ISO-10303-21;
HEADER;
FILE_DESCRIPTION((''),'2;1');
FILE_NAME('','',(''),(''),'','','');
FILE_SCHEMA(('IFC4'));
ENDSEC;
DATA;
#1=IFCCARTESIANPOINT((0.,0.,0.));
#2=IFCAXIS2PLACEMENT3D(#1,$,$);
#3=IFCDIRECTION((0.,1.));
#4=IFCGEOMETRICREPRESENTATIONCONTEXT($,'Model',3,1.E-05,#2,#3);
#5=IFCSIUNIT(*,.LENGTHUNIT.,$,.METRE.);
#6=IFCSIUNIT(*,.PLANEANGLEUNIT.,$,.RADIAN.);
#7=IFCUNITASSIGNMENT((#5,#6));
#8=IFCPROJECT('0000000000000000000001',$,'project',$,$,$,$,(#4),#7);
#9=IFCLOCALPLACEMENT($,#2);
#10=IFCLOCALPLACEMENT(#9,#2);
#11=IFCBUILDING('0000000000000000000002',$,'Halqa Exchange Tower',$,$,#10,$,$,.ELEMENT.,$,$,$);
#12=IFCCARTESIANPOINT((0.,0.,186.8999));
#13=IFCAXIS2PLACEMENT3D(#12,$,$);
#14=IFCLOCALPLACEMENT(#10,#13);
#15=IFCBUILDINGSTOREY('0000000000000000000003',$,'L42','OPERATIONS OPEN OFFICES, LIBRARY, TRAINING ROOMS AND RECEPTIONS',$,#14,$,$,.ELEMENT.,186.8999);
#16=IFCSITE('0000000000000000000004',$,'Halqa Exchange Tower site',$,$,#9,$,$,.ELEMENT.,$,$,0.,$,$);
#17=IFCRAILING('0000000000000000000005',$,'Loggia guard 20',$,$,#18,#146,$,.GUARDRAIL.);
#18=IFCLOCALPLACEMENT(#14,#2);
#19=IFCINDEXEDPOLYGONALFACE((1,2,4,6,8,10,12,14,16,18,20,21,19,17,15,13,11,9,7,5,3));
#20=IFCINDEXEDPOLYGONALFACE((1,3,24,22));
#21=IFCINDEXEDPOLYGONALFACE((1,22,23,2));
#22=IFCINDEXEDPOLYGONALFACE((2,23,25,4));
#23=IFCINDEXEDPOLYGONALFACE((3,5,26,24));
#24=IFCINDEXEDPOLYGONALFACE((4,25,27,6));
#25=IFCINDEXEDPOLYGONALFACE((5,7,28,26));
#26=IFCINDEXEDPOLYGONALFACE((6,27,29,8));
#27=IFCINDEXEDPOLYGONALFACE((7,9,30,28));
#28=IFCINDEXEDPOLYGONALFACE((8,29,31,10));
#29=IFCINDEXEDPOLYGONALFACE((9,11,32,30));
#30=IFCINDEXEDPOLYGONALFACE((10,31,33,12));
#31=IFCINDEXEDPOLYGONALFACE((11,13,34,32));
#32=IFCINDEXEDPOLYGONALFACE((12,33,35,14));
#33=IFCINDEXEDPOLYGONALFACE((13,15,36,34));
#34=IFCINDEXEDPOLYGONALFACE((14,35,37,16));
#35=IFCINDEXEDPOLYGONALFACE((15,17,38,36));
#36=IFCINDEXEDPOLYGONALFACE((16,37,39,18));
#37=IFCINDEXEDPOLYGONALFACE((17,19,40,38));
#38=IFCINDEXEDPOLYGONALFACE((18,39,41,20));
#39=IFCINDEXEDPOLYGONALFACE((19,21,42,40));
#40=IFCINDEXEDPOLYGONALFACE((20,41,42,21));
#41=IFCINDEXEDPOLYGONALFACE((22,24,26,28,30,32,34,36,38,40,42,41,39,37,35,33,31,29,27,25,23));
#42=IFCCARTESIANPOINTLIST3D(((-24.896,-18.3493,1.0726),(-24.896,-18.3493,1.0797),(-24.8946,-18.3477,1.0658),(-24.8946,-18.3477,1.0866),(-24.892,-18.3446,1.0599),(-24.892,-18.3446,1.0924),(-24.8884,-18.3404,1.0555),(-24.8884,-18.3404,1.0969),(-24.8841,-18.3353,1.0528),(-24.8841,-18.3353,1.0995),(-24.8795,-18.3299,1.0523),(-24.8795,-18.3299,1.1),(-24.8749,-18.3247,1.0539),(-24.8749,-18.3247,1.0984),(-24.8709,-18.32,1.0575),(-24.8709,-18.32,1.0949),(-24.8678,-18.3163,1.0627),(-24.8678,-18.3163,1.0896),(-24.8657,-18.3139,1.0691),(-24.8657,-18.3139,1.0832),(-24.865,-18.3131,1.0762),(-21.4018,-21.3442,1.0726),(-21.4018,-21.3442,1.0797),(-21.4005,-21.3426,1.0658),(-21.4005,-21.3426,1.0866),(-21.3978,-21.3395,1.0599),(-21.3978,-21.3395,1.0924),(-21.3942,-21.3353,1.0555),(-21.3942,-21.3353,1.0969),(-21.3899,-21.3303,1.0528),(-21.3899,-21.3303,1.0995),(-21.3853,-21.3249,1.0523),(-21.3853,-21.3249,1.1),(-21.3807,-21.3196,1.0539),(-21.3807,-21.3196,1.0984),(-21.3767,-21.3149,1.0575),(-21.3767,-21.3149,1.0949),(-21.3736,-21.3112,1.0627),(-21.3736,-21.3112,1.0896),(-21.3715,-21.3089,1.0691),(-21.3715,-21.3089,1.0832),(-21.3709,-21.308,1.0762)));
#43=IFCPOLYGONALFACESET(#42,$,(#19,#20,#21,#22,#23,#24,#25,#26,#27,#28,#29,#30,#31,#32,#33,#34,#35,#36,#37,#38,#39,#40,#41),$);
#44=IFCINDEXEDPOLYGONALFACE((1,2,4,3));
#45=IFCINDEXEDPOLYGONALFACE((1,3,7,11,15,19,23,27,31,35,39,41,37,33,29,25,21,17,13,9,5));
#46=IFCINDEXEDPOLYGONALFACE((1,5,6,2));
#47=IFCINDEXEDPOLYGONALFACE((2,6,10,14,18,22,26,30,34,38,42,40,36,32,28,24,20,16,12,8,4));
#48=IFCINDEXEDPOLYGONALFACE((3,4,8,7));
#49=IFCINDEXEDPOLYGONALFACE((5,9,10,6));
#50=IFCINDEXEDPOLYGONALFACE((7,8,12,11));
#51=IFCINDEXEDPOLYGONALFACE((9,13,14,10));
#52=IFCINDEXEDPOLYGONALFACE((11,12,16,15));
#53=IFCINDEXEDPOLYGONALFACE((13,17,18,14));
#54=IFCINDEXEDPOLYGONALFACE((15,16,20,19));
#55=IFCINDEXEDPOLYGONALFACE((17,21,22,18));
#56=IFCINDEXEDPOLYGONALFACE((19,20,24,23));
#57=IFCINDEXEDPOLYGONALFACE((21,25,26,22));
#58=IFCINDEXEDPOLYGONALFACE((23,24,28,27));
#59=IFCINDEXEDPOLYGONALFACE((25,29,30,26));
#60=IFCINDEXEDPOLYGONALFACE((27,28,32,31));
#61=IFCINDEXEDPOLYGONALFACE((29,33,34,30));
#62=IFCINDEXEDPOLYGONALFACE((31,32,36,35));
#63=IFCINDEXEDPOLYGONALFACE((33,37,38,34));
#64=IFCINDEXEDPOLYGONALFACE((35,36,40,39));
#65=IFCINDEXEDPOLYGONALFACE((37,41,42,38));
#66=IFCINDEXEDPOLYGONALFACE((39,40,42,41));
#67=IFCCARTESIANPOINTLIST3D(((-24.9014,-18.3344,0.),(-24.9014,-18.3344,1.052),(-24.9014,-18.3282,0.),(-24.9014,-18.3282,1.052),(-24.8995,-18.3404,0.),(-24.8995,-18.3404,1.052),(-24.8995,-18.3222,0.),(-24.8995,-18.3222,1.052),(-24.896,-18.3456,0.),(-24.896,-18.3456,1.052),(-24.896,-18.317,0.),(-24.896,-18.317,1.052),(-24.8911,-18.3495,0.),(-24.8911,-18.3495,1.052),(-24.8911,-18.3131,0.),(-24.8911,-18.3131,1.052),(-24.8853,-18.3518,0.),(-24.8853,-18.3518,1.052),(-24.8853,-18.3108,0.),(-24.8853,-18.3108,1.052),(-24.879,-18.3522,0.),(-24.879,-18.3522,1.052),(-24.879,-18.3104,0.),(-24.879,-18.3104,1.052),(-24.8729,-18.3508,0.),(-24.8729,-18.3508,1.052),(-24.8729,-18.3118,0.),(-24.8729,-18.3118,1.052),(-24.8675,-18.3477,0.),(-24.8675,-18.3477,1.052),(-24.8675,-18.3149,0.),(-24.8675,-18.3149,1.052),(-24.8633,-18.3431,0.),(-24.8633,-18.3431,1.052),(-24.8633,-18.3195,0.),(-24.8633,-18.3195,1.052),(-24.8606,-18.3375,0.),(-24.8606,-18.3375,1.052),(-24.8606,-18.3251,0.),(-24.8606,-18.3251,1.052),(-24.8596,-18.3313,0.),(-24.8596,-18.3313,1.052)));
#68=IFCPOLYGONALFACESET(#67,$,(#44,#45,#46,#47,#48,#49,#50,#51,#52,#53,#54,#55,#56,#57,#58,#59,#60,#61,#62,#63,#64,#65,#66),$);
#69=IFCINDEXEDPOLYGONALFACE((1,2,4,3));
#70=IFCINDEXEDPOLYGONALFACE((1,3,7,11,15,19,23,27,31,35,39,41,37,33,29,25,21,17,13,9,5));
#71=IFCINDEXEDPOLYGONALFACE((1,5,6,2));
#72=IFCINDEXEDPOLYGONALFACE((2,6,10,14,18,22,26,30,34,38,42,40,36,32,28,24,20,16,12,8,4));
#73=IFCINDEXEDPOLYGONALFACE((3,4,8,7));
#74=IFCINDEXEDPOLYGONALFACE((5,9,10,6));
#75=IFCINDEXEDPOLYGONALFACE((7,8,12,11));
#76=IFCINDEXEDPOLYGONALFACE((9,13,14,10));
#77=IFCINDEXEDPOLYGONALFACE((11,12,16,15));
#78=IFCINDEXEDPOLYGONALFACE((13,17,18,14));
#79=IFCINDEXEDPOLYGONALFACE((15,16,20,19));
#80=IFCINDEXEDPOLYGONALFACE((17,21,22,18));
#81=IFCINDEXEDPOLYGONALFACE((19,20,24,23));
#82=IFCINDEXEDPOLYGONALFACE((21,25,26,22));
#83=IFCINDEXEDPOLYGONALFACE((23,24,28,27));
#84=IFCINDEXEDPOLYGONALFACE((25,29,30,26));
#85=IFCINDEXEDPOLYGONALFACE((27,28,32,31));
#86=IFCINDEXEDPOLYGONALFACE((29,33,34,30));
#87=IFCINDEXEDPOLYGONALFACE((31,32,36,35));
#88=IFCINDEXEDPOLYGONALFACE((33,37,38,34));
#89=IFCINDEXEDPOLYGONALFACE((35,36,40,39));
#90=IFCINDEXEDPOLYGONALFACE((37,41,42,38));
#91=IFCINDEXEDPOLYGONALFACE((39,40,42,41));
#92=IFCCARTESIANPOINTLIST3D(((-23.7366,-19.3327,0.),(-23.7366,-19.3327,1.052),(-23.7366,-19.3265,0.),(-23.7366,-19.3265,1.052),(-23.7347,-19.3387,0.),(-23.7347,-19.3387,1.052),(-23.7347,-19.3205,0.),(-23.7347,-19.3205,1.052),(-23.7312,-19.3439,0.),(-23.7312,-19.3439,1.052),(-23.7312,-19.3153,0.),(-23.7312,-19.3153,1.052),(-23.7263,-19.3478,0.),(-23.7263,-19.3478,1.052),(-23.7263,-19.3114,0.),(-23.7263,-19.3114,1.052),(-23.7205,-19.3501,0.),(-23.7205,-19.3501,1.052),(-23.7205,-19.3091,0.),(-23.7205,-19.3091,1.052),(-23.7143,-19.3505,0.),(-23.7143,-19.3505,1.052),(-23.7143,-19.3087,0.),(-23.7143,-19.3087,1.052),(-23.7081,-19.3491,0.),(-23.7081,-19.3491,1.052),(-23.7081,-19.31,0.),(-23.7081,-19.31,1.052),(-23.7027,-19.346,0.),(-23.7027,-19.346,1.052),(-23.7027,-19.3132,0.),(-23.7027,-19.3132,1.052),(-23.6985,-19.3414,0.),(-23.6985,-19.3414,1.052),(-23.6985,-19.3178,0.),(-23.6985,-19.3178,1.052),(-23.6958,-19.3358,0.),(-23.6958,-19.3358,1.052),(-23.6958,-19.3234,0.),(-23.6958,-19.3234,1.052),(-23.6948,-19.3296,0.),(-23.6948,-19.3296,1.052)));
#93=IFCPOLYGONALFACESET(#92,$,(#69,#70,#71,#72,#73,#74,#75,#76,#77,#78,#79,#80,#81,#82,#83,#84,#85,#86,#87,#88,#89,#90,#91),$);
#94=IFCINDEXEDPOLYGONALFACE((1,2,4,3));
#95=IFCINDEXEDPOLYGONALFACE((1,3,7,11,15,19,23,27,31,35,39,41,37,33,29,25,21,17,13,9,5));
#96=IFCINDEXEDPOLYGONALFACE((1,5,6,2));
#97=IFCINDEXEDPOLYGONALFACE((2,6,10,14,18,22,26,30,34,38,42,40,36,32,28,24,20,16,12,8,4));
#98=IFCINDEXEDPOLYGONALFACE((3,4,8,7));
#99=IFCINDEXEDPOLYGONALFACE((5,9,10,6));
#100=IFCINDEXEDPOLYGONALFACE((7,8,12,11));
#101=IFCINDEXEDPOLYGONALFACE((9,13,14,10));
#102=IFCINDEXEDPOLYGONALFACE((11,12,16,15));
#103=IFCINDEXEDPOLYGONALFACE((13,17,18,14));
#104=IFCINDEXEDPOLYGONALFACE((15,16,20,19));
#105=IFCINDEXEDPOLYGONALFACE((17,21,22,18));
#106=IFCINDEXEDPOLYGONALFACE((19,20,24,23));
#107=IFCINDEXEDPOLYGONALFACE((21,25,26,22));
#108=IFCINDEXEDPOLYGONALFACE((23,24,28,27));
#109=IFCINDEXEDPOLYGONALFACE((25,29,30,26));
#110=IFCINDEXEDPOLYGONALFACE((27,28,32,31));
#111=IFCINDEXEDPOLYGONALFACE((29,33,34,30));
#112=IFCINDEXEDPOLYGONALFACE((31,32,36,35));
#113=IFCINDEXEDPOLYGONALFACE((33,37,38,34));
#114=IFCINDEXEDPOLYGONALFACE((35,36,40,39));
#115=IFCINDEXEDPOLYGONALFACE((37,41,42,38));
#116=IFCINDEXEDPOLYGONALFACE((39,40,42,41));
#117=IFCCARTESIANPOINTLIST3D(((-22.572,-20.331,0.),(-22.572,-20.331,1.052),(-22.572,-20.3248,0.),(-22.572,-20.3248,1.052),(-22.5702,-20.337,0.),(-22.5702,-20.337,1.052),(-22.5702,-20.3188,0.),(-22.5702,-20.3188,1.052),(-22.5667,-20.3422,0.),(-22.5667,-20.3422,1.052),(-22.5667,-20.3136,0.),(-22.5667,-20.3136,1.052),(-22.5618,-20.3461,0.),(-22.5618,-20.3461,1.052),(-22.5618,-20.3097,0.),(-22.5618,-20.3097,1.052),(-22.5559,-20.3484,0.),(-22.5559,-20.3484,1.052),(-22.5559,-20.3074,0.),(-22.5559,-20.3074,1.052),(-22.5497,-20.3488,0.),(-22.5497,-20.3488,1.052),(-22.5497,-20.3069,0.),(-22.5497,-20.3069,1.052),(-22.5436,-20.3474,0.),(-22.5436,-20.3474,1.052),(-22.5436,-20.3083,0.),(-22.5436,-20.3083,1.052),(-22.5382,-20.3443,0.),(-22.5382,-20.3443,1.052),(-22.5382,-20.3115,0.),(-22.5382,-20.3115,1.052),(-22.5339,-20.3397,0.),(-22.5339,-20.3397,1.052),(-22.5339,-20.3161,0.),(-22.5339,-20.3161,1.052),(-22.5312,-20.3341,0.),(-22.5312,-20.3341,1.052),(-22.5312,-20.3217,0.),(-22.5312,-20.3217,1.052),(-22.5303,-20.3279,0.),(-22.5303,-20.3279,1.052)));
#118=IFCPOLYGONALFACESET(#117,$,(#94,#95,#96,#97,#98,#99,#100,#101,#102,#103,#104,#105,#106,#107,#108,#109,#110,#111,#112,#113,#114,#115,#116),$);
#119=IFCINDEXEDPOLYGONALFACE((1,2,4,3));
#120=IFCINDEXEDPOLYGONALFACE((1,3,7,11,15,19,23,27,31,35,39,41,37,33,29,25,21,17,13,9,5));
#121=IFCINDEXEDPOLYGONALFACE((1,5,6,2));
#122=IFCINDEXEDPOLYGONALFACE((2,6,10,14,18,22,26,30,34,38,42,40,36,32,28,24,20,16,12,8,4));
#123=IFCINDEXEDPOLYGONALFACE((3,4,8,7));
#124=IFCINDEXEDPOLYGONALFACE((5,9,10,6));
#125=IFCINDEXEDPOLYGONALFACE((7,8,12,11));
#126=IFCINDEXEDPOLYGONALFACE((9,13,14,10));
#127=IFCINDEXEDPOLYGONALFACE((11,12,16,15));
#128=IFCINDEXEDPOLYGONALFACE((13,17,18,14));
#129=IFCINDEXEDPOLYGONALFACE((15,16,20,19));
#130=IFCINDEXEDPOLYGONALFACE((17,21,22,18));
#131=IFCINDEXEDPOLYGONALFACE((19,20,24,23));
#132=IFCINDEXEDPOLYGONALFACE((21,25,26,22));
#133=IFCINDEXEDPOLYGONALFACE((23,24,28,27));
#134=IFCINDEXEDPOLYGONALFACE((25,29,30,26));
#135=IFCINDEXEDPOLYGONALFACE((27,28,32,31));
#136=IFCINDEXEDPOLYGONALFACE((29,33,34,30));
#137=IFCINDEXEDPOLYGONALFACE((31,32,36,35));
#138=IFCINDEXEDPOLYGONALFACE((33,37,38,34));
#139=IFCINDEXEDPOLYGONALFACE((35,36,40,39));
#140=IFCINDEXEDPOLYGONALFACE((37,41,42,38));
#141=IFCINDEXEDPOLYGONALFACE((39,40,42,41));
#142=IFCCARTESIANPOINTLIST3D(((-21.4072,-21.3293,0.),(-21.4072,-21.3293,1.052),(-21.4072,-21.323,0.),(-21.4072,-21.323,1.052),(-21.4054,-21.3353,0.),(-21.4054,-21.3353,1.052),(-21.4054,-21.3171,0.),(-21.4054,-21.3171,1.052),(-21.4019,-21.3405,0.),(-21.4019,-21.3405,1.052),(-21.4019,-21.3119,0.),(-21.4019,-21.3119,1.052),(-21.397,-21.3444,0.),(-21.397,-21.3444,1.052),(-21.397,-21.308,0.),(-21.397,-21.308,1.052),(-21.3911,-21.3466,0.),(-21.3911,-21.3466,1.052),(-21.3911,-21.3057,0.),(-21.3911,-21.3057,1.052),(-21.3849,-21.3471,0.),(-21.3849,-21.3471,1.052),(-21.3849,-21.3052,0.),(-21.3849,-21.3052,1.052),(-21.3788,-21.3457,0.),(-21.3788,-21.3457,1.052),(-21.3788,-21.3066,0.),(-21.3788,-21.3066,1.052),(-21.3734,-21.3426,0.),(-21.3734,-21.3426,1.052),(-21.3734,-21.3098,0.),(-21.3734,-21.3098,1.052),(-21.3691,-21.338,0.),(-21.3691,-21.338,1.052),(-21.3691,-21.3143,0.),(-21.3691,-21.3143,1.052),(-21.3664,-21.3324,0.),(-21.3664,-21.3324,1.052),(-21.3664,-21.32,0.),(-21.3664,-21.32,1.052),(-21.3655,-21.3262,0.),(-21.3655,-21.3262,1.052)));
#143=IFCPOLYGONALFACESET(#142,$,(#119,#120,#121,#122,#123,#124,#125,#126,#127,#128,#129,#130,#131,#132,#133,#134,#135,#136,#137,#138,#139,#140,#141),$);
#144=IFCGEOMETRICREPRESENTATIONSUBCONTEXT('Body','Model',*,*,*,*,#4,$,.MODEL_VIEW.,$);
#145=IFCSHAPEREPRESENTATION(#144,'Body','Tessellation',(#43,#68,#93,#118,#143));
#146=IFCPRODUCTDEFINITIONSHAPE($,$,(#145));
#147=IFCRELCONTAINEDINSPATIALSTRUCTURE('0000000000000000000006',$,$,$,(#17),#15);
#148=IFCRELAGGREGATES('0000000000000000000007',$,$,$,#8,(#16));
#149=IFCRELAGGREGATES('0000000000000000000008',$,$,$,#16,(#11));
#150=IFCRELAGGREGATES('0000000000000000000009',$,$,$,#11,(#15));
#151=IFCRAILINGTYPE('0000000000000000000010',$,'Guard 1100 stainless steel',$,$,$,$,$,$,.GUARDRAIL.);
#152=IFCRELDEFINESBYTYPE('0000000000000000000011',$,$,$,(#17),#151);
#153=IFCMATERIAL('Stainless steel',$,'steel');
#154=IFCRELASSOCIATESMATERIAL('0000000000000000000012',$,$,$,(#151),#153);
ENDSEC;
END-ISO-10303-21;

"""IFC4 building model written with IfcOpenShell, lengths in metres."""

from ifc_helpers import new_model, si_unit, direction, frame, origin, origin_2d, place, context, subcontext, project, spatial, circle, extrude, material, type_object, element, save


model = new_model("IFC4")

# Units and contexts
model_context = context("Model", 3, precision=1e-05, world=origin(), true_north=direction((0.0, 1.0)))
body_context = subcontext(model_context, "Body", "Model", "MODEL_VIEW")
ifc_project = project(units=[si_unit("LENGTHUNIT", "METRE"), si_unit("PLANEANGLEUNIT", "RADIAN")], contexts=[model_context])

# Site, building, storey
site_placement = place(None, origin())
site = spatial("IfcSite", under=ifc_project, at=site_placement, Name="Halqa Exchange Tower site", CompositionType="ELEMENT", RefElevation=0.0)
building_placement = place(site_placement, origin())
building = spatial("IfcBuilding", under=site, at=building_placement, Name="Halqa Exchange Tower", CompositionType="ELEMENT")
storey_placement = place(building_placement, frame((0.0, 0.0, 186.8999)))
storey = spatial("IfcBuildingStorey", under=building, at=storey_placement, Name="L42", Description="OPERATIONS OPEN OFFICES, LIBRARY, TRAINING ROOMS AND RECEPTIONS", CompositionType="ELEMENT", Elevation=186.8999)

# Railing
ifc_material_1 = material(Name="Stainless steel", Category="steel")
railing_type = type_object("IfcRailingType", Name="Guard 1100 stainless steel", PredefinedType="GUARDRAIL", material=ifc_material_1)
railing_1_placement = place(storey_placement, frame((-24.8806, -18.3313, 0.0)))
element("IfcRailing", 1, at=railing_1_placement, inside=storey, type_object=railing_type, Name="Loggia guard 20", PredefinedType="GUARDRAIL", context=body_context, shape_type="SweptSolid", body=[
    extrude(circle(Radius=0.0239, at=origin_2d()), frame((0.0, 0.0, 1.0762), z_axis=(0.759268, -0.650778, 0.0), x_axis=(0.650778, 0.759268, 0.0)), (0.0, 0.0, 1.0), 4.6021),
    extrude(circle(Radius=0.021, at=origin_2d()), origin(), (0.0, 0.0, 1.0), 1.052),
    extrude(circle(Radius=0.021, at=origin_2d()), frame((1.1648, -0.9983, 0.0)), (0.0, 0.0, 1.0), 1.052),
    extrude(circle(Radius=0.021, at=origin_2d()), frame((2.3293, -1.9966, 0.0)), (0.0, 0.0, 1.0), 1.052),
    extrude(circle(Radius=0.021, at=origin_2d()), frame((3.4941, -2.9949, 0.0)), (0.0, 0.0, 1.0), 1.052),
])

save(model, "model.ifc")
